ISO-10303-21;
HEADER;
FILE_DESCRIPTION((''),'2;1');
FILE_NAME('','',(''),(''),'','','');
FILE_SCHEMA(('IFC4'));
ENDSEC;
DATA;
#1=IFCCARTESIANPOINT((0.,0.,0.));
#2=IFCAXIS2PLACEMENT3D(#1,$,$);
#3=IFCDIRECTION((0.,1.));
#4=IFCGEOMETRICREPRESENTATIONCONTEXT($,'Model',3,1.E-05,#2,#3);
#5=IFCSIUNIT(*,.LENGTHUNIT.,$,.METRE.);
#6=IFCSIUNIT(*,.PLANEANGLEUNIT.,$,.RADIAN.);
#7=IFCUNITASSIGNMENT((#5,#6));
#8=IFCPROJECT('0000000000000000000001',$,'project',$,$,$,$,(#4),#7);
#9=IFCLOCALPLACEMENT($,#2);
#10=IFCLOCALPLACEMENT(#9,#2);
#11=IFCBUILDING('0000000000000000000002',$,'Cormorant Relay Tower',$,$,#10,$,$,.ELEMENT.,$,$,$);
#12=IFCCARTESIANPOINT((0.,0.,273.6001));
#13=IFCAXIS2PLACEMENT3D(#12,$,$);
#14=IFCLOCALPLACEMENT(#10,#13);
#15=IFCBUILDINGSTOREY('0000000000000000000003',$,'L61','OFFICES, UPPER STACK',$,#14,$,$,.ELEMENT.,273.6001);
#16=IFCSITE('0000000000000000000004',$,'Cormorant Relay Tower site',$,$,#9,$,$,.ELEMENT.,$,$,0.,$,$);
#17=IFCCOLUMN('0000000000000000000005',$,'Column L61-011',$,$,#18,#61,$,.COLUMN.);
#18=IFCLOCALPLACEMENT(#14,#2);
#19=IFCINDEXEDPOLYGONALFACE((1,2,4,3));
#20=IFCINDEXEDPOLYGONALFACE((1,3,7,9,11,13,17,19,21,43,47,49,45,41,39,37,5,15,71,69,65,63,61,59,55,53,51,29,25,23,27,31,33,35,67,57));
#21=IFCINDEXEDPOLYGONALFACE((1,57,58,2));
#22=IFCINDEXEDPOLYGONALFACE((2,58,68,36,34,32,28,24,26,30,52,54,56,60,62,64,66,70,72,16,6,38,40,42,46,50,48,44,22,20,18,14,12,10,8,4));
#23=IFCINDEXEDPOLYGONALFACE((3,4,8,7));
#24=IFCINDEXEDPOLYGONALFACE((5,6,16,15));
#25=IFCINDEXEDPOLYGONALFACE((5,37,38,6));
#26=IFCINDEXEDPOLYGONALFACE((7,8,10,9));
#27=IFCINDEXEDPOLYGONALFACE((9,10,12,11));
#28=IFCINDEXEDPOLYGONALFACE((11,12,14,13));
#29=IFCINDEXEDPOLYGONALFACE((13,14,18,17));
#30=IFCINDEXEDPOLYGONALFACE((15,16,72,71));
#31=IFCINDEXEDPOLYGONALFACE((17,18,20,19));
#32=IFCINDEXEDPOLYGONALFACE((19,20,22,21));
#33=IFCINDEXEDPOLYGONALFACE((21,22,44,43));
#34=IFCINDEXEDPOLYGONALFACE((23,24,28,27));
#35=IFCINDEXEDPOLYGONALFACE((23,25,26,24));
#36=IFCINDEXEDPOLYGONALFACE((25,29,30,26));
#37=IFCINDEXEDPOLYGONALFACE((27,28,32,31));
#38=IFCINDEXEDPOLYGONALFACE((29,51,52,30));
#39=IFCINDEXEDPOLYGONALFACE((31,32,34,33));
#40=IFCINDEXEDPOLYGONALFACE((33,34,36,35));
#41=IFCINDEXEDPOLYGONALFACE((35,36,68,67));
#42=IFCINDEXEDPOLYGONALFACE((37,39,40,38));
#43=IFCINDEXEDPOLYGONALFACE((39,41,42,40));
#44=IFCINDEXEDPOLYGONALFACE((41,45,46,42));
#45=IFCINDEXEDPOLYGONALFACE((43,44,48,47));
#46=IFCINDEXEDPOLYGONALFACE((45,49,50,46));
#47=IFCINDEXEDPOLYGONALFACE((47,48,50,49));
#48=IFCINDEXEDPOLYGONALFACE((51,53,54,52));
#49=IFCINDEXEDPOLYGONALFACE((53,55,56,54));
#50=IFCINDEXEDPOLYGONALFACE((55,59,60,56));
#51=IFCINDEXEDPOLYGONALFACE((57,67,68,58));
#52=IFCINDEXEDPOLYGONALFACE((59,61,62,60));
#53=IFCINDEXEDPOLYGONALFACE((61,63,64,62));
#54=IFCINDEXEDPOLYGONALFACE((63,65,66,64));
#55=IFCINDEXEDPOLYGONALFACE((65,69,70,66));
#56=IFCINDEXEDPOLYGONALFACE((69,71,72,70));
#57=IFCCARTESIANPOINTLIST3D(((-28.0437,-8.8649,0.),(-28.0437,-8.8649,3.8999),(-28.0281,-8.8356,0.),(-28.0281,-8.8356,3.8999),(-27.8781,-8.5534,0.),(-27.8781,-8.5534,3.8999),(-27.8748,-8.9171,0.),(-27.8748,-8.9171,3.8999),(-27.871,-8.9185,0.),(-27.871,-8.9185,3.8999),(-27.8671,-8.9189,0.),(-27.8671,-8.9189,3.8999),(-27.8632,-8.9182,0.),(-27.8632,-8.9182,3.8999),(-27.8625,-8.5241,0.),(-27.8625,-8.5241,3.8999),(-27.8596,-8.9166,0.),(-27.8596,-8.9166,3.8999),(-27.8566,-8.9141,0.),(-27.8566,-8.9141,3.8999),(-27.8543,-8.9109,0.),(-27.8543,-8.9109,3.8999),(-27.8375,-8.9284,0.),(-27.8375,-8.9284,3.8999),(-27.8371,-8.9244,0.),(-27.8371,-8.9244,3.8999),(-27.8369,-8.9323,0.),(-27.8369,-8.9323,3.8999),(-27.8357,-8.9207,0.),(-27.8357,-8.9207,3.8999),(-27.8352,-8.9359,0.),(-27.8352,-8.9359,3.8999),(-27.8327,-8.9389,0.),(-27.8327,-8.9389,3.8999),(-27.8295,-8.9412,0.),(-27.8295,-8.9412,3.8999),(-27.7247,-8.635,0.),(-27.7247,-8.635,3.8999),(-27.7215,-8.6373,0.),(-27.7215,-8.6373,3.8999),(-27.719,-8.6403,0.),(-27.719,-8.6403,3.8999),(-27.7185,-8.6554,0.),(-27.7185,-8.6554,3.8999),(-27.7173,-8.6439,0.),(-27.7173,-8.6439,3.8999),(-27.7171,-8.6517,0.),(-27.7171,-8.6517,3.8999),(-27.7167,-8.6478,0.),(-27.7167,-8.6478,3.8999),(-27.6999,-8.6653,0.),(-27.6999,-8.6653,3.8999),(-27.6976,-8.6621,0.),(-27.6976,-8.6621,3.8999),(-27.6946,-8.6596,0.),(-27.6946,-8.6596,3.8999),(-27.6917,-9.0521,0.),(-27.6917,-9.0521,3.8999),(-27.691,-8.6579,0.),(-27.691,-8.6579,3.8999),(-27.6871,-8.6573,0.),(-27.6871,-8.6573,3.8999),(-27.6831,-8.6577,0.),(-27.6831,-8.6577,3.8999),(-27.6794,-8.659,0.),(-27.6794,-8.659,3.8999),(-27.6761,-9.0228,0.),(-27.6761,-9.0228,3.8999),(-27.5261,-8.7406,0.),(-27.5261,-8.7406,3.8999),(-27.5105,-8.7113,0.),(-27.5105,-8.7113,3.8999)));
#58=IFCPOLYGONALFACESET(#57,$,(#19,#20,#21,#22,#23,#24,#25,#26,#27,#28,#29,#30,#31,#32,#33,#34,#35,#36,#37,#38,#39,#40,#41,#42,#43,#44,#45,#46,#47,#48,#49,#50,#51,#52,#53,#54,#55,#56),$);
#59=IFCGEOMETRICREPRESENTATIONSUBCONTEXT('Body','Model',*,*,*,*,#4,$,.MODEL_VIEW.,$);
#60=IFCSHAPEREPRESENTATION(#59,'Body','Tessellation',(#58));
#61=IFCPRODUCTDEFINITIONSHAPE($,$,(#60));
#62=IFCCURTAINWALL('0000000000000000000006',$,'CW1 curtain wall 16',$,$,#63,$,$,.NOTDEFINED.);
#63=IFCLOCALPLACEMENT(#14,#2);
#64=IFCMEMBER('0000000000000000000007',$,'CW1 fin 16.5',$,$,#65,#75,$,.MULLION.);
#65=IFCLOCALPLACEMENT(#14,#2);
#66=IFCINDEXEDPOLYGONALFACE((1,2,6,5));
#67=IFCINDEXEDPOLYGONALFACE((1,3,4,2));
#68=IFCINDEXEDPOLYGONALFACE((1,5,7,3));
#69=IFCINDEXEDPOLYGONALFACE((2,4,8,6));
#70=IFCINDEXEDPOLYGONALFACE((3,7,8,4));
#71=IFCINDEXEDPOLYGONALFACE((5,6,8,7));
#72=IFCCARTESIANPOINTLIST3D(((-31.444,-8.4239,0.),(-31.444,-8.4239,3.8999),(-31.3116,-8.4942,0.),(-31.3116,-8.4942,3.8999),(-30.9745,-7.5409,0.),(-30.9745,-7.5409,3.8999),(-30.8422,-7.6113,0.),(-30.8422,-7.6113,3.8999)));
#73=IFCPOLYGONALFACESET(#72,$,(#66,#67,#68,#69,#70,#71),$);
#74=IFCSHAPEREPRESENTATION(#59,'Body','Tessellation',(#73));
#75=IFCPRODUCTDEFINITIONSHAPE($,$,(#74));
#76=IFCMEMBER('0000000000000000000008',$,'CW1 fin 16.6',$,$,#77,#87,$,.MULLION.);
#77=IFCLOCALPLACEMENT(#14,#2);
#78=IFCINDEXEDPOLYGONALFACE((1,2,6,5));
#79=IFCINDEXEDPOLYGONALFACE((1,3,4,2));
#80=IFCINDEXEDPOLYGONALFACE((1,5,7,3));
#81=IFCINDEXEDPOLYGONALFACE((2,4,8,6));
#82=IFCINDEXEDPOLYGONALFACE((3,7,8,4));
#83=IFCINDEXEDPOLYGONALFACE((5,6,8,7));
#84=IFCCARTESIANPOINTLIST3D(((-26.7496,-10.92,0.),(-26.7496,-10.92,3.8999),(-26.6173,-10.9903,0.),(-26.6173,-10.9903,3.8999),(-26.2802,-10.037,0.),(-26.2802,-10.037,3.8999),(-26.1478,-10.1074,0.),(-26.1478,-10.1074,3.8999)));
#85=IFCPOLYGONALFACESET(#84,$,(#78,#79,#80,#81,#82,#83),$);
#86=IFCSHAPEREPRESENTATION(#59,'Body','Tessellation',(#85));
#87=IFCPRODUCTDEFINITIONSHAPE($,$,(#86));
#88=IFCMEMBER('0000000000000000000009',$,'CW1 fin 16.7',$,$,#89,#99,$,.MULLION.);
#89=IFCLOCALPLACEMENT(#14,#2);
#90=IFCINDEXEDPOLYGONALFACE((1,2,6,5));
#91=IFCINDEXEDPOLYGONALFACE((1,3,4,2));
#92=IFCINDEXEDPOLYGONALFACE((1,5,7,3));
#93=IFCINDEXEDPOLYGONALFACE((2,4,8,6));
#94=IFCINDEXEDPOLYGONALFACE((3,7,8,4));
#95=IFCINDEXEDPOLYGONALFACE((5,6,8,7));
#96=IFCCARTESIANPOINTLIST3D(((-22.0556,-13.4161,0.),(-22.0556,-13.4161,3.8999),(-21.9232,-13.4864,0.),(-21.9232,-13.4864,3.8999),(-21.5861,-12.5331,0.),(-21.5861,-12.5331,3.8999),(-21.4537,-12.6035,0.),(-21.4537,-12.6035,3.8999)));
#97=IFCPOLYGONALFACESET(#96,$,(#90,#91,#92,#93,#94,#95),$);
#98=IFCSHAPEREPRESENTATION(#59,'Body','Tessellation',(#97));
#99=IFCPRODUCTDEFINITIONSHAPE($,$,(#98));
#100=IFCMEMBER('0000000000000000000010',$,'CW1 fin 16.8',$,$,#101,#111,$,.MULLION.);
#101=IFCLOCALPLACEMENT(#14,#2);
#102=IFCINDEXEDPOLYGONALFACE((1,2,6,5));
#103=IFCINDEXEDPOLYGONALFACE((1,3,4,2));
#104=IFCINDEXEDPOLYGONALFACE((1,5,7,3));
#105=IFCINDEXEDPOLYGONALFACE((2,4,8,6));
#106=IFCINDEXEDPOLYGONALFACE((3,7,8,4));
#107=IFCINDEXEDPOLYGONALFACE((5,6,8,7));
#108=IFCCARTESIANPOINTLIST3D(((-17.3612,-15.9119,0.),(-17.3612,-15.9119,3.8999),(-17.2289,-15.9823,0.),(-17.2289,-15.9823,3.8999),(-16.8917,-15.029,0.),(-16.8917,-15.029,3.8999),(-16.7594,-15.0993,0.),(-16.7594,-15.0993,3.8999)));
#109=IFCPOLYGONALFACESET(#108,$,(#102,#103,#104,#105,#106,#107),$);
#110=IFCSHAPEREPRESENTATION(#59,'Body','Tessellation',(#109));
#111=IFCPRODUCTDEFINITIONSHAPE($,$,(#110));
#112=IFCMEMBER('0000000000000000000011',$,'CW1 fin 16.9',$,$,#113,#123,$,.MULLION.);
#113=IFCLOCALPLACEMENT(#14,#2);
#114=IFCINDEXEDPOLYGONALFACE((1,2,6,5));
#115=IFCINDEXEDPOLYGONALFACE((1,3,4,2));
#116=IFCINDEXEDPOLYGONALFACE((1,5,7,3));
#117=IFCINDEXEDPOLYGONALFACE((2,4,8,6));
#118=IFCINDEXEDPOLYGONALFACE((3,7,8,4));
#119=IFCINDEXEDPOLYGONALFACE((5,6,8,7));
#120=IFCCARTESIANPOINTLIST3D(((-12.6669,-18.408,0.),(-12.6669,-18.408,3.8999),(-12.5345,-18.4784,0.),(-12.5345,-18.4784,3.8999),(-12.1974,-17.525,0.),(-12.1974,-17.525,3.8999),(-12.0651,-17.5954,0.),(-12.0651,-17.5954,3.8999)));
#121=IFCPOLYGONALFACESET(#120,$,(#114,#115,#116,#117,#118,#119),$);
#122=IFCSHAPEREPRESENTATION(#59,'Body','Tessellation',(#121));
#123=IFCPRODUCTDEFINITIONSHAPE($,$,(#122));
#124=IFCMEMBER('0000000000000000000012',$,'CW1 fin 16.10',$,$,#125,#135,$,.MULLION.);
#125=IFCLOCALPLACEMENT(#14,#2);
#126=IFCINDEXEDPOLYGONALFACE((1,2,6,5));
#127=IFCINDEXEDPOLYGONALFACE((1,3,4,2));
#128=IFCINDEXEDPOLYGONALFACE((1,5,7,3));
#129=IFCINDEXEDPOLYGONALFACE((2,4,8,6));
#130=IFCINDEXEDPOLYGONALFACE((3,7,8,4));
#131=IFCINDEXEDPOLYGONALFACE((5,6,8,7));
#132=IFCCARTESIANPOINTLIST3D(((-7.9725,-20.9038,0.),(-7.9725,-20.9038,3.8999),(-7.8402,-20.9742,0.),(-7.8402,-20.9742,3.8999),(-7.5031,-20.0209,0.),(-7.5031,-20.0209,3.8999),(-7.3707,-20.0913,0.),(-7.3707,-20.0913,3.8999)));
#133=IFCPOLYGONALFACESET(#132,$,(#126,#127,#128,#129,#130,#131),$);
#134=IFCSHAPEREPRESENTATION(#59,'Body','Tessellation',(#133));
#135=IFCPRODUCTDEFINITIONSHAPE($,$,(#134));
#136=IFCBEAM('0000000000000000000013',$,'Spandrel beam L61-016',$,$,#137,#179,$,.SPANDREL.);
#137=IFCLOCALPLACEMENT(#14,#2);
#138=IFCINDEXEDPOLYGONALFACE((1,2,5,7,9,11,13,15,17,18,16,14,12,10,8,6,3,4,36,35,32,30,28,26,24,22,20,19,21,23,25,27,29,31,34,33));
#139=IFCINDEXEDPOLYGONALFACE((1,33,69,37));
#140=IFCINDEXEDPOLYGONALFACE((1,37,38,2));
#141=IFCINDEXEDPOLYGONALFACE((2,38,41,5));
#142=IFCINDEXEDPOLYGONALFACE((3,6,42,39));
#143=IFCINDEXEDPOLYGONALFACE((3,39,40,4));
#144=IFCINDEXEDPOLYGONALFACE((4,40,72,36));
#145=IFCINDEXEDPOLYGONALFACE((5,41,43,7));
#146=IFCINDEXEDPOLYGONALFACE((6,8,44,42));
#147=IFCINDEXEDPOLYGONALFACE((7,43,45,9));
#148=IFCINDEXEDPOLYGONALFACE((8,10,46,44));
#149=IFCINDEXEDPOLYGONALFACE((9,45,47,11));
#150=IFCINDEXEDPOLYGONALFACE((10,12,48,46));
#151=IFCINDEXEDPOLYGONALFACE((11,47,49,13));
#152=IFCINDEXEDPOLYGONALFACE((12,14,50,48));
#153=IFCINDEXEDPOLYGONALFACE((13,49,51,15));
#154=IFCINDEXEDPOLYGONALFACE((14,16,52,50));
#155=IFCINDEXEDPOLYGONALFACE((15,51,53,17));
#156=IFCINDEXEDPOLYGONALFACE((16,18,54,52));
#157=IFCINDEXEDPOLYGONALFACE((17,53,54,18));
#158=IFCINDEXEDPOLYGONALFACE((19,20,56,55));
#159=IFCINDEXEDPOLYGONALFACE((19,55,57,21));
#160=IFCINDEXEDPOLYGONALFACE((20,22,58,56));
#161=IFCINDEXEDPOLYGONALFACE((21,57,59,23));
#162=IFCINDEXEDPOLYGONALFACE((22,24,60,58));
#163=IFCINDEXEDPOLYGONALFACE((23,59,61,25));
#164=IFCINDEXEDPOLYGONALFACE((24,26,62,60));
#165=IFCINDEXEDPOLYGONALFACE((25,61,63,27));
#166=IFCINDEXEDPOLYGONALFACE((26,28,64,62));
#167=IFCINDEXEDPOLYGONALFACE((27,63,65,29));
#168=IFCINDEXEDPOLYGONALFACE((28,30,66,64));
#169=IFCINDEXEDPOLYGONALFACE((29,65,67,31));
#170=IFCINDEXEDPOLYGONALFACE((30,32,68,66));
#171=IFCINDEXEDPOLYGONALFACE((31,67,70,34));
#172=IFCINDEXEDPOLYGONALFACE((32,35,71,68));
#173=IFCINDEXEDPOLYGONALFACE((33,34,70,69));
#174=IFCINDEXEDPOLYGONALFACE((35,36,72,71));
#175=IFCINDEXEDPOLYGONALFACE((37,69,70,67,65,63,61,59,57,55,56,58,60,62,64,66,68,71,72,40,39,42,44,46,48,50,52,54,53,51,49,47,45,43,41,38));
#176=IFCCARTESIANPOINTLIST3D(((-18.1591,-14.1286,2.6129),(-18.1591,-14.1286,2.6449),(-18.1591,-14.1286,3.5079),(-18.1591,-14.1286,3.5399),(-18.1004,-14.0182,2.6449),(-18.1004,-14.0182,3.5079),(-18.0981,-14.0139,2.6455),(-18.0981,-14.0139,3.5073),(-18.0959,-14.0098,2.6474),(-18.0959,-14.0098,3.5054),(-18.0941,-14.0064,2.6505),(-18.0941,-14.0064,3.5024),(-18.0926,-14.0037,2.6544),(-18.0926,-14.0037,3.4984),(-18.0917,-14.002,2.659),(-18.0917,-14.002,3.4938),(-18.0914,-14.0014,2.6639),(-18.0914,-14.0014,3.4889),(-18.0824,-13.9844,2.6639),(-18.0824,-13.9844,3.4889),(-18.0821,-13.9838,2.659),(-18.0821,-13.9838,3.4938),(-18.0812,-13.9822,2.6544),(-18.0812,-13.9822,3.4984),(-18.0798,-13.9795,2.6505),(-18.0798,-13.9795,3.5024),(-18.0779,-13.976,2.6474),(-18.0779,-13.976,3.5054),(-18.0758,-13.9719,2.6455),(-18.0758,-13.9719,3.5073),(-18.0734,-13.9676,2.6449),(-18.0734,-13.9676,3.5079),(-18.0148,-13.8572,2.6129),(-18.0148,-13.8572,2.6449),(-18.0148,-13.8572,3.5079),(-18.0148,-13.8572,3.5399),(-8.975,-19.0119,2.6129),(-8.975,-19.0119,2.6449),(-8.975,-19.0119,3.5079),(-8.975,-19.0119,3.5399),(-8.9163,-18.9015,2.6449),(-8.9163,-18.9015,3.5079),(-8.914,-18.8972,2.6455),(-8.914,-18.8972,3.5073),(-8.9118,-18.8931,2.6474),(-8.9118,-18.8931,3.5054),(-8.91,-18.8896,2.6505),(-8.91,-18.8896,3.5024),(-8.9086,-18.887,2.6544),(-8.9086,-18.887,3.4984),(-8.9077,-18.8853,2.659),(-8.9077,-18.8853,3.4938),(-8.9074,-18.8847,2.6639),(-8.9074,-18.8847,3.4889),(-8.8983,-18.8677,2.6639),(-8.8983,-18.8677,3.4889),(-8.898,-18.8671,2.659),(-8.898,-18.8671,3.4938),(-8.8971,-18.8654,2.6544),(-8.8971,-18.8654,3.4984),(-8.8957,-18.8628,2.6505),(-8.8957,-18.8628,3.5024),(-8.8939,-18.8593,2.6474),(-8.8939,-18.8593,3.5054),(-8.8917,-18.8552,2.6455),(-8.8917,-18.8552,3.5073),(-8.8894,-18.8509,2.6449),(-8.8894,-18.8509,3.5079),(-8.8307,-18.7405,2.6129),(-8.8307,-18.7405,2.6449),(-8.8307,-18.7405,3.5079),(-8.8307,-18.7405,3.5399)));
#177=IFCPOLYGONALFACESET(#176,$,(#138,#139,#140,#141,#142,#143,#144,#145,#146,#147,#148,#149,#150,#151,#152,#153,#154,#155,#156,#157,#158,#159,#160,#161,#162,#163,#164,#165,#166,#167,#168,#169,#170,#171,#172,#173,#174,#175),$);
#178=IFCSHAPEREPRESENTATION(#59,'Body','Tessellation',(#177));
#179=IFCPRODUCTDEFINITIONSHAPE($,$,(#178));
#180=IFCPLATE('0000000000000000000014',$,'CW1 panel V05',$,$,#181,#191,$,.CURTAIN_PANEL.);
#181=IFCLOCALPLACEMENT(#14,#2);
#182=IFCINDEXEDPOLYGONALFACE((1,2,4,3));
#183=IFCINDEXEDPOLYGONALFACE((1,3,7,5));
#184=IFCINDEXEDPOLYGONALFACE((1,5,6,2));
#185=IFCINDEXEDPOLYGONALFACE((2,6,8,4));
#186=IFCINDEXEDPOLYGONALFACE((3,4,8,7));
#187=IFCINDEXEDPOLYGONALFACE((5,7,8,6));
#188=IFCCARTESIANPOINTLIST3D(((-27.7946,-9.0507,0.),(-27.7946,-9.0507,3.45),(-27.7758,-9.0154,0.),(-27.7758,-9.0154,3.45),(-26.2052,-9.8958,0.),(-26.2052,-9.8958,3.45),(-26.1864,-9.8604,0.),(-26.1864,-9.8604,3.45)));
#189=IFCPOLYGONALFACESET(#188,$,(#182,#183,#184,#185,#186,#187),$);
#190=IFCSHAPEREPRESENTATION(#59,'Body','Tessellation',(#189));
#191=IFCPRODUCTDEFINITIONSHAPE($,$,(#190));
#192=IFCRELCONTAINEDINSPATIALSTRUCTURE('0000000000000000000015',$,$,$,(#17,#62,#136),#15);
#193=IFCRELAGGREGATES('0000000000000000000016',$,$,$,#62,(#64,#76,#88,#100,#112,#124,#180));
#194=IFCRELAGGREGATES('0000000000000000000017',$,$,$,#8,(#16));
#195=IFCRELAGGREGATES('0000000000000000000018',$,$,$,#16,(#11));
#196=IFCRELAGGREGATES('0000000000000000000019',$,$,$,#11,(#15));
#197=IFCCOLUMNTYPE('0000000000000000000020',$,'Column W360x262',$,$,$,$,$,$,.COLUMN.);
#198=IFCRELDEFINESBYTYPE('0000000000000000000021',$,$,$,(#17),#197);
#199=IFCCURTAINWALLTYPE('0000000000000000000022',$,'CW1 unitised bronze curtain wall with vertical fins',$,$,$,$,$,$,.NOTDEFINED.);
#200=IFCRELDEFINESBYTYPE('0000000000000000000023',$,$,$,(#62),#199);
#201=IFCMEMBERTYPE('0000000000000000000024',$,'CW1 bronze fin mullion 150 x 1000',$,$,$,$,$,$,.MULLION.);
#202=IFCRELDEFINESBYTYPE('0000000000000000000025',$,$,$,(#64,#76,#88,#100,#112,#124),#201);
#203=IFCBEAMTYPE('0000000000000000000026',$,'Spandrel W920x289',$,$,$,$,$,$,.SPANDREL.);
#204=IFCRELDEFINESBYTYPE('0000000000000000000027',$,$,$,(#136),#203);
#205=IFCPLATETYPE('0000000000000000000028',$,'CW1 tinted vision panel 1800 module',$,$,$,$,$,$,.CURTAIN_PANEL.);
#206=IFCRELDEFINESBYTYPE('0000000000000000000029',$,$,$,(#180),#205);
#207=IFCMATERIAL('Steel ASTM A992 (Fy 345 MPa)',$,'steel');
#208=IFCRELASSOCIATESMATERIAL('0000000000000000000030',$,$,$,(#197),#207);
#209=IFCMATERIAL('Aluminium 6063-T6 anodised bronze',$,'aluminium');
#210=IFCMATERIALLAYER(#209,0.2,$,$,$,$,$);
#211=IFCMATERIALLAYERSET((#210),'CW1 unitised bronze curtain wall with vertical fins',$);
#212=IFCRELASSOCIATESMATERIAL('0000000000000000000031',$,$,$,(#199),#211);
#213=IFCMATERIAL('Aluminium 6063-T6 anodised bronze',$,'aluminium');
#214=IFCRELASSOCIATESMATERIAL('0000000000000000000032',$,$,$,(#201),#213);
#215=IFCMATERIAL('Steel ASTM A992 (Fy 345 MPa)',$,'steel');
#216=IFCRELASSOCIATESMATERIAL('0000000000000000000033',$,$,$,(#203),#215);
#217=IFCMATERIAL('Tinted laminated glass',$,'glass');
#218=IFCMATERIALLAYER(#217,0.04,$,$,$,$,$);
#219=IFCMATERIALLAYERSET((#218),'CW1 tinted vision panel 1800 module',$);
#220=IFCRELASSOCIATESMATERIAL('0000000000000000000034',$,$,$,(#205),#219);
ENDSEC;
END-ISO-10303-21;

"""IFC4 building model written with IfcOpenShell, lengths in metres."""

from ifc_helpers import new_model, si_unit, direction, frame, origin, origin_2d, place, context, subcontext, project, spatial, rectangle, i_section, extrude, material, layer, layer_set, material_profile, profile_set, type_object, element, aggregate, save


model = new_model("IFC4")

# Units and contexts
model_context = context("Model", 3, precision=1e-05, world=origin(), true_north=direction((0.0, 1.0)))
body_context = subcontext(model_context, "Body", "Model", "MODEL_VIEW")
ifc_project = project(units=[si_unit("LENGTHUNIT", "METRE"), si_unit("PLANEANGLEUNIT", "RADIAN")], contexts=[model_context])

# Site, building, storey
site_placement = place(None, origin())
site = spatial("IfcSite", under=ifc_project, at=site_placement, Name="Cormorant Relay Tower site", CompositionType="ELEMENT", RefElevation=0.0)
building_placement = place(site_placement, origin())
building = spatial("IfcBuilding", under=site, at=building_placement, Name="Cormorant Relay Tower", CompositionType="ELEMENT")
storey_placement = place(building_placement, frame((0.0, 0.0, 273.6001)))
storey = spatial("IfcBuildingStorey", under=building, at=storey_placement, Name="L61", Description="OFFICES, UPPER STACK", CompositionType="ELEMENT", Elevation=273.6001)

# Column
ifc_material_1 = material(Name="Steel ASTM A992 (Fy 345 MPa)", Category="steel")
ifc_material_profile_1 = material_profile(ifc_material_1, i_section(OverallWidth=0.3987, OverallDepth=0.386, WebThickness=0.021, FlangeThickness=0.0332, FilletRadius=0.0151, at=origin_2d()), Name="W360x262")
ifc_profile_set_1 = profile_set([ifc_material_profile_1], Name="Steel ASTM A992 (Fy 345 MPa)")
column_type_1 = type_object("IfcColumnType", Name="Column W360x262", PredefinedType="COLUMN", material=ifc_profile_set_1)
for number, where, z_axis, x_axis, name in (
    (1, (-27.7771, -8.7881, 0.0), (0.0, 0.0, 1.0), (0.882948, -0.469472, 0.0), "Column L61-011"),
):
    element("IfcColumn", number, at=place(storey_placement, frame(where, z_axis=z_axis, x_axis=x_axis)), inside=storey, type_object=column_type_1, Name=name, PredefinedType="COLUMN", context=body_context, shape_type="SweptSolid", body=[
        extrude(i_section(OverallWidth=0.3987, OverallDepth=0.386, WebThickness=0.021, FlangeThickness=0.0332, FilletRadius=0.0151, at=origin_2d()), origin(), (0.0, 0.0, 1.0), 3.8999),
    ])

# Curtain wall, members
ifc_material_2 = material(Name="Aluminium 6063-T6 anodised bronze", Category="aluminium")
ifc_layer_1 = layer(ifc_material_2, 0.2)
ifc_layer_set_1 = layer_set([ifc_layer_1], Name="CW1 unitised bronze curtain wall with vertical fins")
curtain_wall_type = type_object("IfcCurtainWallType", Name="CW1 unitised bronze curtain wall with vertical fins", PredefinedType="NOTDEFINED", material=ifc_layer_set_1)
curtain_wall_placement = place(storey_placement, origin())
curtain_wall = element("IfcCurtainWall", 2, at=curtain_wall_placement, inside=storey, type_object=curtain_wall_type, Name="CW1 curtain wall 16", PredefinedType="NOTDEFINED")
ifc_material_3 = material(Name="Aluminium 6063-T6 anodised bronze", Category="aluminium")
ifc_material_profile_2 = material_profile(ifc_material_3, rectangle(XDim=0.1499, YDim=1.0, at=origin_2d()), Name="AL 150x1000")
ifc_profile_set_2 = profile_set([ifc_material_profile_2], Name="Aluminium 6063-T6 anodised bronze")
member_type = type_object("IfcMemberType", Name="CW1 bronze fin mullion 150 x 1000", PredefinedType="MULLION", material=ifc_profile_set_2)
member_1_placement = place(storey_placement, frame((-31.1431, -8.0176, 0.0), z_axis=(0.0, 0.0, 1.0), x_axis=(0.882948, -0.469472, 0.0)))
member_1 = element("IfcMember", 3, at=member_1_placement, type_object=member_type, Name="CW1 fin 16.5", PredefinedType="MULLION", context=body_context, shape_type="SweptSolid", body=[
    extrude(rectangle(XDim=0.1499, YDim=1.0, at=origin_2d()), origin(), (0.0, 0.0, 1.0), 3.8999),
])
member_2_placement = place(storey_placement, frame((-26.4487, -10.5137, 0.0), z_axis=(0.0, 0.0, 1.0), x_axis=(0.882948, -0.469472, 0.0)))
member_2 = element("IfcMember", 4, at=member_2_placement, type_object=member_type, Name="CW1 fin 16.6", PredefinedType="MULLION", context=body_context, shape_type="SweptSolid", body=[
    extrude(rectangle(XDim=0.1499, YDim=1.0, at=origin_2d()), origin(), (0.0, 0.0, 1.0), 3.8999),
])
member_3_placement = place(storey_placement, frame((-21.7546, -13.0098, 0.0), z_axis=(0.0, 0.0, 1.0), x_axis=(0.882948, -0.469472, 0.0)))
member_3 = element("IfcMember", 5, at=member_3_placement, type_object=member_type, Name="CW1 fin 16.7", PredefinedType="MULLION", context=body_context, shape_type="SweptSolid", body=[
    extrude(rectangle(XDim=0.1499, YDim=1.0, at=origin_2d()), origin(), (0.0, 0.0, 1.0), 3.8999),
])
member_4_placement = place(storey_placement, frame((-17.0603, -15.5056, 0.0), z_axis=(0.0, 0.0, 1.0), x_axis=(0.882948, -0.469472, 0.0)))
member_4 = element("IfcMember", 6, at=member_4_placement, type_object=member_type, Name="CW1 fin 16.8", PredefinedType="MULLION", context=body_context, shape_type="SweptSolid", body=[
    extrude(rectangle(XDim=0.1499, YDim=1.0, at=origin_2d()), origin(), (0.0, 0.0, 1.0), 3.8999),
])
member_5_placement = place(storey_placement, frame((-12.366, -18.0017, 0.0), z_axis=(0.0, 0.0, 1.0), x_axis=(0.882948, -0.469472, 0.0)))
member_5 = element("IfcMember", 7, at=member_5_placement, type_object=member_type, Name="CW1 fin 16.9", PredefinedType="MULLION", context=body_context, shape_type="SweptSolid", body=[
    extrude(rectangle(XDim=0.1499, YDim=1.0, at=origin_2d()), origin(), (0.0, 0.0, 1.0), 3.8999),
])
member_6_placement = place(storey_placement, frame((-7.6716, -20.4976, 0.0), z_axis=(0.0, 0.0, 1.0), x_axis=(0.882948, -0.469472, 0.0)))
member_6 = element("IfcMember", 8, at=member_6_placement, type_object=member_type, Name="CW1 fin 16.10", PredefinedType="MULLION", context=body_context, shape_type="SweptSolid", body=[
    extrude(rectangle(XDim=0.1499, YDim=1.0, at=origin_2d()), origin(), (0.0, 0.0, 1.0), 3.8999),
])

# Beam
ifc_material_4 = material(Name="Steel ASTM A992 (Fy 345 MPa)", Category="steel")
ifc_material_profile_3 = material_profile(ifc_material_4, i_section(OverallWidth=0.3074, OverallDepth=0.927, WebThickness=0.0193, FlangeThickness=0.032, FilletRadius=0.019, at=origin_2d()), Name="W920x289")
ifc_profile_set_3 = profile_set([ifc_material_profile_3], Name="Steel ASTM A992 (Fy 345 MPa)")
beam_type = type_object("IfcBeamType", Name="Spandrel W920x289", PredefinedType="SPANDREL", material=ifc_profile_set_3)
beam_placement = place(storey_placement, frame((-18.0869, -13.9929, 3.0764), z_axis=(0.882946, -0.469474, 0.0), x_axis=(0.469474, 0.882946, 0.0)))
element("IfcBeam", 9, at=beam_placement, inside=storey, type_object=beam_type, Name="Spandrel beam L61-016", PredefinedType="SPANDREL", context=body_context, shape_type="SweptSolid", body=[
    extrude(i_section(OverallWidth=0.3074, OverallDepth=0.927, WebThickness=0.0193, FlangeThickness=0.032, FilletRadius=0.019, at=origin_2d()), origin(), (0.0, 0.0, 1.0), 10.4016),
])

# Plate
ifc_material_5 = material(Name="Tinted laminated glass", Category="glass")
ifc_layer_2 = layer(ifc_material_5, 0.04)
ifc_layer_set_2 = layer_set([ifc_layer_2], Name="CW1 tinted vision panel 1800 module")
plate_type_1 = type_object("IfcPlateType", Name="CW1 tinted vision panel 1800 module", PredefinedType="CURTAIN_PANEL", material=ifc_layer_set_2)
plate_1_placement = place(storey_placement, frame((-26.9905, -9.4556, 0.0), z_axis=(0.0, 0.0, 1.0), x_axis=(0.882948, -0.469472, 0.0)))
plate_1 = element("IfcPlate", 10, at=plate_1_placement, type_object=plate_type_1, Name="CW1 panel V05", PredefinedType="CURTAIN_PANEL", context=body_context, shape_type="SweptSolid", body=[
    extrude(rectangle(XDim=1.8, YDim=0.04, at=origin_2d()), origin(), (0.0, 0.0, 1.0), 3.45),
])

aggregate(curtain_wall, [member_1, member_2, member_3, member_4, member_5, member_6, plate_1])

save(model, "model.ifc")
